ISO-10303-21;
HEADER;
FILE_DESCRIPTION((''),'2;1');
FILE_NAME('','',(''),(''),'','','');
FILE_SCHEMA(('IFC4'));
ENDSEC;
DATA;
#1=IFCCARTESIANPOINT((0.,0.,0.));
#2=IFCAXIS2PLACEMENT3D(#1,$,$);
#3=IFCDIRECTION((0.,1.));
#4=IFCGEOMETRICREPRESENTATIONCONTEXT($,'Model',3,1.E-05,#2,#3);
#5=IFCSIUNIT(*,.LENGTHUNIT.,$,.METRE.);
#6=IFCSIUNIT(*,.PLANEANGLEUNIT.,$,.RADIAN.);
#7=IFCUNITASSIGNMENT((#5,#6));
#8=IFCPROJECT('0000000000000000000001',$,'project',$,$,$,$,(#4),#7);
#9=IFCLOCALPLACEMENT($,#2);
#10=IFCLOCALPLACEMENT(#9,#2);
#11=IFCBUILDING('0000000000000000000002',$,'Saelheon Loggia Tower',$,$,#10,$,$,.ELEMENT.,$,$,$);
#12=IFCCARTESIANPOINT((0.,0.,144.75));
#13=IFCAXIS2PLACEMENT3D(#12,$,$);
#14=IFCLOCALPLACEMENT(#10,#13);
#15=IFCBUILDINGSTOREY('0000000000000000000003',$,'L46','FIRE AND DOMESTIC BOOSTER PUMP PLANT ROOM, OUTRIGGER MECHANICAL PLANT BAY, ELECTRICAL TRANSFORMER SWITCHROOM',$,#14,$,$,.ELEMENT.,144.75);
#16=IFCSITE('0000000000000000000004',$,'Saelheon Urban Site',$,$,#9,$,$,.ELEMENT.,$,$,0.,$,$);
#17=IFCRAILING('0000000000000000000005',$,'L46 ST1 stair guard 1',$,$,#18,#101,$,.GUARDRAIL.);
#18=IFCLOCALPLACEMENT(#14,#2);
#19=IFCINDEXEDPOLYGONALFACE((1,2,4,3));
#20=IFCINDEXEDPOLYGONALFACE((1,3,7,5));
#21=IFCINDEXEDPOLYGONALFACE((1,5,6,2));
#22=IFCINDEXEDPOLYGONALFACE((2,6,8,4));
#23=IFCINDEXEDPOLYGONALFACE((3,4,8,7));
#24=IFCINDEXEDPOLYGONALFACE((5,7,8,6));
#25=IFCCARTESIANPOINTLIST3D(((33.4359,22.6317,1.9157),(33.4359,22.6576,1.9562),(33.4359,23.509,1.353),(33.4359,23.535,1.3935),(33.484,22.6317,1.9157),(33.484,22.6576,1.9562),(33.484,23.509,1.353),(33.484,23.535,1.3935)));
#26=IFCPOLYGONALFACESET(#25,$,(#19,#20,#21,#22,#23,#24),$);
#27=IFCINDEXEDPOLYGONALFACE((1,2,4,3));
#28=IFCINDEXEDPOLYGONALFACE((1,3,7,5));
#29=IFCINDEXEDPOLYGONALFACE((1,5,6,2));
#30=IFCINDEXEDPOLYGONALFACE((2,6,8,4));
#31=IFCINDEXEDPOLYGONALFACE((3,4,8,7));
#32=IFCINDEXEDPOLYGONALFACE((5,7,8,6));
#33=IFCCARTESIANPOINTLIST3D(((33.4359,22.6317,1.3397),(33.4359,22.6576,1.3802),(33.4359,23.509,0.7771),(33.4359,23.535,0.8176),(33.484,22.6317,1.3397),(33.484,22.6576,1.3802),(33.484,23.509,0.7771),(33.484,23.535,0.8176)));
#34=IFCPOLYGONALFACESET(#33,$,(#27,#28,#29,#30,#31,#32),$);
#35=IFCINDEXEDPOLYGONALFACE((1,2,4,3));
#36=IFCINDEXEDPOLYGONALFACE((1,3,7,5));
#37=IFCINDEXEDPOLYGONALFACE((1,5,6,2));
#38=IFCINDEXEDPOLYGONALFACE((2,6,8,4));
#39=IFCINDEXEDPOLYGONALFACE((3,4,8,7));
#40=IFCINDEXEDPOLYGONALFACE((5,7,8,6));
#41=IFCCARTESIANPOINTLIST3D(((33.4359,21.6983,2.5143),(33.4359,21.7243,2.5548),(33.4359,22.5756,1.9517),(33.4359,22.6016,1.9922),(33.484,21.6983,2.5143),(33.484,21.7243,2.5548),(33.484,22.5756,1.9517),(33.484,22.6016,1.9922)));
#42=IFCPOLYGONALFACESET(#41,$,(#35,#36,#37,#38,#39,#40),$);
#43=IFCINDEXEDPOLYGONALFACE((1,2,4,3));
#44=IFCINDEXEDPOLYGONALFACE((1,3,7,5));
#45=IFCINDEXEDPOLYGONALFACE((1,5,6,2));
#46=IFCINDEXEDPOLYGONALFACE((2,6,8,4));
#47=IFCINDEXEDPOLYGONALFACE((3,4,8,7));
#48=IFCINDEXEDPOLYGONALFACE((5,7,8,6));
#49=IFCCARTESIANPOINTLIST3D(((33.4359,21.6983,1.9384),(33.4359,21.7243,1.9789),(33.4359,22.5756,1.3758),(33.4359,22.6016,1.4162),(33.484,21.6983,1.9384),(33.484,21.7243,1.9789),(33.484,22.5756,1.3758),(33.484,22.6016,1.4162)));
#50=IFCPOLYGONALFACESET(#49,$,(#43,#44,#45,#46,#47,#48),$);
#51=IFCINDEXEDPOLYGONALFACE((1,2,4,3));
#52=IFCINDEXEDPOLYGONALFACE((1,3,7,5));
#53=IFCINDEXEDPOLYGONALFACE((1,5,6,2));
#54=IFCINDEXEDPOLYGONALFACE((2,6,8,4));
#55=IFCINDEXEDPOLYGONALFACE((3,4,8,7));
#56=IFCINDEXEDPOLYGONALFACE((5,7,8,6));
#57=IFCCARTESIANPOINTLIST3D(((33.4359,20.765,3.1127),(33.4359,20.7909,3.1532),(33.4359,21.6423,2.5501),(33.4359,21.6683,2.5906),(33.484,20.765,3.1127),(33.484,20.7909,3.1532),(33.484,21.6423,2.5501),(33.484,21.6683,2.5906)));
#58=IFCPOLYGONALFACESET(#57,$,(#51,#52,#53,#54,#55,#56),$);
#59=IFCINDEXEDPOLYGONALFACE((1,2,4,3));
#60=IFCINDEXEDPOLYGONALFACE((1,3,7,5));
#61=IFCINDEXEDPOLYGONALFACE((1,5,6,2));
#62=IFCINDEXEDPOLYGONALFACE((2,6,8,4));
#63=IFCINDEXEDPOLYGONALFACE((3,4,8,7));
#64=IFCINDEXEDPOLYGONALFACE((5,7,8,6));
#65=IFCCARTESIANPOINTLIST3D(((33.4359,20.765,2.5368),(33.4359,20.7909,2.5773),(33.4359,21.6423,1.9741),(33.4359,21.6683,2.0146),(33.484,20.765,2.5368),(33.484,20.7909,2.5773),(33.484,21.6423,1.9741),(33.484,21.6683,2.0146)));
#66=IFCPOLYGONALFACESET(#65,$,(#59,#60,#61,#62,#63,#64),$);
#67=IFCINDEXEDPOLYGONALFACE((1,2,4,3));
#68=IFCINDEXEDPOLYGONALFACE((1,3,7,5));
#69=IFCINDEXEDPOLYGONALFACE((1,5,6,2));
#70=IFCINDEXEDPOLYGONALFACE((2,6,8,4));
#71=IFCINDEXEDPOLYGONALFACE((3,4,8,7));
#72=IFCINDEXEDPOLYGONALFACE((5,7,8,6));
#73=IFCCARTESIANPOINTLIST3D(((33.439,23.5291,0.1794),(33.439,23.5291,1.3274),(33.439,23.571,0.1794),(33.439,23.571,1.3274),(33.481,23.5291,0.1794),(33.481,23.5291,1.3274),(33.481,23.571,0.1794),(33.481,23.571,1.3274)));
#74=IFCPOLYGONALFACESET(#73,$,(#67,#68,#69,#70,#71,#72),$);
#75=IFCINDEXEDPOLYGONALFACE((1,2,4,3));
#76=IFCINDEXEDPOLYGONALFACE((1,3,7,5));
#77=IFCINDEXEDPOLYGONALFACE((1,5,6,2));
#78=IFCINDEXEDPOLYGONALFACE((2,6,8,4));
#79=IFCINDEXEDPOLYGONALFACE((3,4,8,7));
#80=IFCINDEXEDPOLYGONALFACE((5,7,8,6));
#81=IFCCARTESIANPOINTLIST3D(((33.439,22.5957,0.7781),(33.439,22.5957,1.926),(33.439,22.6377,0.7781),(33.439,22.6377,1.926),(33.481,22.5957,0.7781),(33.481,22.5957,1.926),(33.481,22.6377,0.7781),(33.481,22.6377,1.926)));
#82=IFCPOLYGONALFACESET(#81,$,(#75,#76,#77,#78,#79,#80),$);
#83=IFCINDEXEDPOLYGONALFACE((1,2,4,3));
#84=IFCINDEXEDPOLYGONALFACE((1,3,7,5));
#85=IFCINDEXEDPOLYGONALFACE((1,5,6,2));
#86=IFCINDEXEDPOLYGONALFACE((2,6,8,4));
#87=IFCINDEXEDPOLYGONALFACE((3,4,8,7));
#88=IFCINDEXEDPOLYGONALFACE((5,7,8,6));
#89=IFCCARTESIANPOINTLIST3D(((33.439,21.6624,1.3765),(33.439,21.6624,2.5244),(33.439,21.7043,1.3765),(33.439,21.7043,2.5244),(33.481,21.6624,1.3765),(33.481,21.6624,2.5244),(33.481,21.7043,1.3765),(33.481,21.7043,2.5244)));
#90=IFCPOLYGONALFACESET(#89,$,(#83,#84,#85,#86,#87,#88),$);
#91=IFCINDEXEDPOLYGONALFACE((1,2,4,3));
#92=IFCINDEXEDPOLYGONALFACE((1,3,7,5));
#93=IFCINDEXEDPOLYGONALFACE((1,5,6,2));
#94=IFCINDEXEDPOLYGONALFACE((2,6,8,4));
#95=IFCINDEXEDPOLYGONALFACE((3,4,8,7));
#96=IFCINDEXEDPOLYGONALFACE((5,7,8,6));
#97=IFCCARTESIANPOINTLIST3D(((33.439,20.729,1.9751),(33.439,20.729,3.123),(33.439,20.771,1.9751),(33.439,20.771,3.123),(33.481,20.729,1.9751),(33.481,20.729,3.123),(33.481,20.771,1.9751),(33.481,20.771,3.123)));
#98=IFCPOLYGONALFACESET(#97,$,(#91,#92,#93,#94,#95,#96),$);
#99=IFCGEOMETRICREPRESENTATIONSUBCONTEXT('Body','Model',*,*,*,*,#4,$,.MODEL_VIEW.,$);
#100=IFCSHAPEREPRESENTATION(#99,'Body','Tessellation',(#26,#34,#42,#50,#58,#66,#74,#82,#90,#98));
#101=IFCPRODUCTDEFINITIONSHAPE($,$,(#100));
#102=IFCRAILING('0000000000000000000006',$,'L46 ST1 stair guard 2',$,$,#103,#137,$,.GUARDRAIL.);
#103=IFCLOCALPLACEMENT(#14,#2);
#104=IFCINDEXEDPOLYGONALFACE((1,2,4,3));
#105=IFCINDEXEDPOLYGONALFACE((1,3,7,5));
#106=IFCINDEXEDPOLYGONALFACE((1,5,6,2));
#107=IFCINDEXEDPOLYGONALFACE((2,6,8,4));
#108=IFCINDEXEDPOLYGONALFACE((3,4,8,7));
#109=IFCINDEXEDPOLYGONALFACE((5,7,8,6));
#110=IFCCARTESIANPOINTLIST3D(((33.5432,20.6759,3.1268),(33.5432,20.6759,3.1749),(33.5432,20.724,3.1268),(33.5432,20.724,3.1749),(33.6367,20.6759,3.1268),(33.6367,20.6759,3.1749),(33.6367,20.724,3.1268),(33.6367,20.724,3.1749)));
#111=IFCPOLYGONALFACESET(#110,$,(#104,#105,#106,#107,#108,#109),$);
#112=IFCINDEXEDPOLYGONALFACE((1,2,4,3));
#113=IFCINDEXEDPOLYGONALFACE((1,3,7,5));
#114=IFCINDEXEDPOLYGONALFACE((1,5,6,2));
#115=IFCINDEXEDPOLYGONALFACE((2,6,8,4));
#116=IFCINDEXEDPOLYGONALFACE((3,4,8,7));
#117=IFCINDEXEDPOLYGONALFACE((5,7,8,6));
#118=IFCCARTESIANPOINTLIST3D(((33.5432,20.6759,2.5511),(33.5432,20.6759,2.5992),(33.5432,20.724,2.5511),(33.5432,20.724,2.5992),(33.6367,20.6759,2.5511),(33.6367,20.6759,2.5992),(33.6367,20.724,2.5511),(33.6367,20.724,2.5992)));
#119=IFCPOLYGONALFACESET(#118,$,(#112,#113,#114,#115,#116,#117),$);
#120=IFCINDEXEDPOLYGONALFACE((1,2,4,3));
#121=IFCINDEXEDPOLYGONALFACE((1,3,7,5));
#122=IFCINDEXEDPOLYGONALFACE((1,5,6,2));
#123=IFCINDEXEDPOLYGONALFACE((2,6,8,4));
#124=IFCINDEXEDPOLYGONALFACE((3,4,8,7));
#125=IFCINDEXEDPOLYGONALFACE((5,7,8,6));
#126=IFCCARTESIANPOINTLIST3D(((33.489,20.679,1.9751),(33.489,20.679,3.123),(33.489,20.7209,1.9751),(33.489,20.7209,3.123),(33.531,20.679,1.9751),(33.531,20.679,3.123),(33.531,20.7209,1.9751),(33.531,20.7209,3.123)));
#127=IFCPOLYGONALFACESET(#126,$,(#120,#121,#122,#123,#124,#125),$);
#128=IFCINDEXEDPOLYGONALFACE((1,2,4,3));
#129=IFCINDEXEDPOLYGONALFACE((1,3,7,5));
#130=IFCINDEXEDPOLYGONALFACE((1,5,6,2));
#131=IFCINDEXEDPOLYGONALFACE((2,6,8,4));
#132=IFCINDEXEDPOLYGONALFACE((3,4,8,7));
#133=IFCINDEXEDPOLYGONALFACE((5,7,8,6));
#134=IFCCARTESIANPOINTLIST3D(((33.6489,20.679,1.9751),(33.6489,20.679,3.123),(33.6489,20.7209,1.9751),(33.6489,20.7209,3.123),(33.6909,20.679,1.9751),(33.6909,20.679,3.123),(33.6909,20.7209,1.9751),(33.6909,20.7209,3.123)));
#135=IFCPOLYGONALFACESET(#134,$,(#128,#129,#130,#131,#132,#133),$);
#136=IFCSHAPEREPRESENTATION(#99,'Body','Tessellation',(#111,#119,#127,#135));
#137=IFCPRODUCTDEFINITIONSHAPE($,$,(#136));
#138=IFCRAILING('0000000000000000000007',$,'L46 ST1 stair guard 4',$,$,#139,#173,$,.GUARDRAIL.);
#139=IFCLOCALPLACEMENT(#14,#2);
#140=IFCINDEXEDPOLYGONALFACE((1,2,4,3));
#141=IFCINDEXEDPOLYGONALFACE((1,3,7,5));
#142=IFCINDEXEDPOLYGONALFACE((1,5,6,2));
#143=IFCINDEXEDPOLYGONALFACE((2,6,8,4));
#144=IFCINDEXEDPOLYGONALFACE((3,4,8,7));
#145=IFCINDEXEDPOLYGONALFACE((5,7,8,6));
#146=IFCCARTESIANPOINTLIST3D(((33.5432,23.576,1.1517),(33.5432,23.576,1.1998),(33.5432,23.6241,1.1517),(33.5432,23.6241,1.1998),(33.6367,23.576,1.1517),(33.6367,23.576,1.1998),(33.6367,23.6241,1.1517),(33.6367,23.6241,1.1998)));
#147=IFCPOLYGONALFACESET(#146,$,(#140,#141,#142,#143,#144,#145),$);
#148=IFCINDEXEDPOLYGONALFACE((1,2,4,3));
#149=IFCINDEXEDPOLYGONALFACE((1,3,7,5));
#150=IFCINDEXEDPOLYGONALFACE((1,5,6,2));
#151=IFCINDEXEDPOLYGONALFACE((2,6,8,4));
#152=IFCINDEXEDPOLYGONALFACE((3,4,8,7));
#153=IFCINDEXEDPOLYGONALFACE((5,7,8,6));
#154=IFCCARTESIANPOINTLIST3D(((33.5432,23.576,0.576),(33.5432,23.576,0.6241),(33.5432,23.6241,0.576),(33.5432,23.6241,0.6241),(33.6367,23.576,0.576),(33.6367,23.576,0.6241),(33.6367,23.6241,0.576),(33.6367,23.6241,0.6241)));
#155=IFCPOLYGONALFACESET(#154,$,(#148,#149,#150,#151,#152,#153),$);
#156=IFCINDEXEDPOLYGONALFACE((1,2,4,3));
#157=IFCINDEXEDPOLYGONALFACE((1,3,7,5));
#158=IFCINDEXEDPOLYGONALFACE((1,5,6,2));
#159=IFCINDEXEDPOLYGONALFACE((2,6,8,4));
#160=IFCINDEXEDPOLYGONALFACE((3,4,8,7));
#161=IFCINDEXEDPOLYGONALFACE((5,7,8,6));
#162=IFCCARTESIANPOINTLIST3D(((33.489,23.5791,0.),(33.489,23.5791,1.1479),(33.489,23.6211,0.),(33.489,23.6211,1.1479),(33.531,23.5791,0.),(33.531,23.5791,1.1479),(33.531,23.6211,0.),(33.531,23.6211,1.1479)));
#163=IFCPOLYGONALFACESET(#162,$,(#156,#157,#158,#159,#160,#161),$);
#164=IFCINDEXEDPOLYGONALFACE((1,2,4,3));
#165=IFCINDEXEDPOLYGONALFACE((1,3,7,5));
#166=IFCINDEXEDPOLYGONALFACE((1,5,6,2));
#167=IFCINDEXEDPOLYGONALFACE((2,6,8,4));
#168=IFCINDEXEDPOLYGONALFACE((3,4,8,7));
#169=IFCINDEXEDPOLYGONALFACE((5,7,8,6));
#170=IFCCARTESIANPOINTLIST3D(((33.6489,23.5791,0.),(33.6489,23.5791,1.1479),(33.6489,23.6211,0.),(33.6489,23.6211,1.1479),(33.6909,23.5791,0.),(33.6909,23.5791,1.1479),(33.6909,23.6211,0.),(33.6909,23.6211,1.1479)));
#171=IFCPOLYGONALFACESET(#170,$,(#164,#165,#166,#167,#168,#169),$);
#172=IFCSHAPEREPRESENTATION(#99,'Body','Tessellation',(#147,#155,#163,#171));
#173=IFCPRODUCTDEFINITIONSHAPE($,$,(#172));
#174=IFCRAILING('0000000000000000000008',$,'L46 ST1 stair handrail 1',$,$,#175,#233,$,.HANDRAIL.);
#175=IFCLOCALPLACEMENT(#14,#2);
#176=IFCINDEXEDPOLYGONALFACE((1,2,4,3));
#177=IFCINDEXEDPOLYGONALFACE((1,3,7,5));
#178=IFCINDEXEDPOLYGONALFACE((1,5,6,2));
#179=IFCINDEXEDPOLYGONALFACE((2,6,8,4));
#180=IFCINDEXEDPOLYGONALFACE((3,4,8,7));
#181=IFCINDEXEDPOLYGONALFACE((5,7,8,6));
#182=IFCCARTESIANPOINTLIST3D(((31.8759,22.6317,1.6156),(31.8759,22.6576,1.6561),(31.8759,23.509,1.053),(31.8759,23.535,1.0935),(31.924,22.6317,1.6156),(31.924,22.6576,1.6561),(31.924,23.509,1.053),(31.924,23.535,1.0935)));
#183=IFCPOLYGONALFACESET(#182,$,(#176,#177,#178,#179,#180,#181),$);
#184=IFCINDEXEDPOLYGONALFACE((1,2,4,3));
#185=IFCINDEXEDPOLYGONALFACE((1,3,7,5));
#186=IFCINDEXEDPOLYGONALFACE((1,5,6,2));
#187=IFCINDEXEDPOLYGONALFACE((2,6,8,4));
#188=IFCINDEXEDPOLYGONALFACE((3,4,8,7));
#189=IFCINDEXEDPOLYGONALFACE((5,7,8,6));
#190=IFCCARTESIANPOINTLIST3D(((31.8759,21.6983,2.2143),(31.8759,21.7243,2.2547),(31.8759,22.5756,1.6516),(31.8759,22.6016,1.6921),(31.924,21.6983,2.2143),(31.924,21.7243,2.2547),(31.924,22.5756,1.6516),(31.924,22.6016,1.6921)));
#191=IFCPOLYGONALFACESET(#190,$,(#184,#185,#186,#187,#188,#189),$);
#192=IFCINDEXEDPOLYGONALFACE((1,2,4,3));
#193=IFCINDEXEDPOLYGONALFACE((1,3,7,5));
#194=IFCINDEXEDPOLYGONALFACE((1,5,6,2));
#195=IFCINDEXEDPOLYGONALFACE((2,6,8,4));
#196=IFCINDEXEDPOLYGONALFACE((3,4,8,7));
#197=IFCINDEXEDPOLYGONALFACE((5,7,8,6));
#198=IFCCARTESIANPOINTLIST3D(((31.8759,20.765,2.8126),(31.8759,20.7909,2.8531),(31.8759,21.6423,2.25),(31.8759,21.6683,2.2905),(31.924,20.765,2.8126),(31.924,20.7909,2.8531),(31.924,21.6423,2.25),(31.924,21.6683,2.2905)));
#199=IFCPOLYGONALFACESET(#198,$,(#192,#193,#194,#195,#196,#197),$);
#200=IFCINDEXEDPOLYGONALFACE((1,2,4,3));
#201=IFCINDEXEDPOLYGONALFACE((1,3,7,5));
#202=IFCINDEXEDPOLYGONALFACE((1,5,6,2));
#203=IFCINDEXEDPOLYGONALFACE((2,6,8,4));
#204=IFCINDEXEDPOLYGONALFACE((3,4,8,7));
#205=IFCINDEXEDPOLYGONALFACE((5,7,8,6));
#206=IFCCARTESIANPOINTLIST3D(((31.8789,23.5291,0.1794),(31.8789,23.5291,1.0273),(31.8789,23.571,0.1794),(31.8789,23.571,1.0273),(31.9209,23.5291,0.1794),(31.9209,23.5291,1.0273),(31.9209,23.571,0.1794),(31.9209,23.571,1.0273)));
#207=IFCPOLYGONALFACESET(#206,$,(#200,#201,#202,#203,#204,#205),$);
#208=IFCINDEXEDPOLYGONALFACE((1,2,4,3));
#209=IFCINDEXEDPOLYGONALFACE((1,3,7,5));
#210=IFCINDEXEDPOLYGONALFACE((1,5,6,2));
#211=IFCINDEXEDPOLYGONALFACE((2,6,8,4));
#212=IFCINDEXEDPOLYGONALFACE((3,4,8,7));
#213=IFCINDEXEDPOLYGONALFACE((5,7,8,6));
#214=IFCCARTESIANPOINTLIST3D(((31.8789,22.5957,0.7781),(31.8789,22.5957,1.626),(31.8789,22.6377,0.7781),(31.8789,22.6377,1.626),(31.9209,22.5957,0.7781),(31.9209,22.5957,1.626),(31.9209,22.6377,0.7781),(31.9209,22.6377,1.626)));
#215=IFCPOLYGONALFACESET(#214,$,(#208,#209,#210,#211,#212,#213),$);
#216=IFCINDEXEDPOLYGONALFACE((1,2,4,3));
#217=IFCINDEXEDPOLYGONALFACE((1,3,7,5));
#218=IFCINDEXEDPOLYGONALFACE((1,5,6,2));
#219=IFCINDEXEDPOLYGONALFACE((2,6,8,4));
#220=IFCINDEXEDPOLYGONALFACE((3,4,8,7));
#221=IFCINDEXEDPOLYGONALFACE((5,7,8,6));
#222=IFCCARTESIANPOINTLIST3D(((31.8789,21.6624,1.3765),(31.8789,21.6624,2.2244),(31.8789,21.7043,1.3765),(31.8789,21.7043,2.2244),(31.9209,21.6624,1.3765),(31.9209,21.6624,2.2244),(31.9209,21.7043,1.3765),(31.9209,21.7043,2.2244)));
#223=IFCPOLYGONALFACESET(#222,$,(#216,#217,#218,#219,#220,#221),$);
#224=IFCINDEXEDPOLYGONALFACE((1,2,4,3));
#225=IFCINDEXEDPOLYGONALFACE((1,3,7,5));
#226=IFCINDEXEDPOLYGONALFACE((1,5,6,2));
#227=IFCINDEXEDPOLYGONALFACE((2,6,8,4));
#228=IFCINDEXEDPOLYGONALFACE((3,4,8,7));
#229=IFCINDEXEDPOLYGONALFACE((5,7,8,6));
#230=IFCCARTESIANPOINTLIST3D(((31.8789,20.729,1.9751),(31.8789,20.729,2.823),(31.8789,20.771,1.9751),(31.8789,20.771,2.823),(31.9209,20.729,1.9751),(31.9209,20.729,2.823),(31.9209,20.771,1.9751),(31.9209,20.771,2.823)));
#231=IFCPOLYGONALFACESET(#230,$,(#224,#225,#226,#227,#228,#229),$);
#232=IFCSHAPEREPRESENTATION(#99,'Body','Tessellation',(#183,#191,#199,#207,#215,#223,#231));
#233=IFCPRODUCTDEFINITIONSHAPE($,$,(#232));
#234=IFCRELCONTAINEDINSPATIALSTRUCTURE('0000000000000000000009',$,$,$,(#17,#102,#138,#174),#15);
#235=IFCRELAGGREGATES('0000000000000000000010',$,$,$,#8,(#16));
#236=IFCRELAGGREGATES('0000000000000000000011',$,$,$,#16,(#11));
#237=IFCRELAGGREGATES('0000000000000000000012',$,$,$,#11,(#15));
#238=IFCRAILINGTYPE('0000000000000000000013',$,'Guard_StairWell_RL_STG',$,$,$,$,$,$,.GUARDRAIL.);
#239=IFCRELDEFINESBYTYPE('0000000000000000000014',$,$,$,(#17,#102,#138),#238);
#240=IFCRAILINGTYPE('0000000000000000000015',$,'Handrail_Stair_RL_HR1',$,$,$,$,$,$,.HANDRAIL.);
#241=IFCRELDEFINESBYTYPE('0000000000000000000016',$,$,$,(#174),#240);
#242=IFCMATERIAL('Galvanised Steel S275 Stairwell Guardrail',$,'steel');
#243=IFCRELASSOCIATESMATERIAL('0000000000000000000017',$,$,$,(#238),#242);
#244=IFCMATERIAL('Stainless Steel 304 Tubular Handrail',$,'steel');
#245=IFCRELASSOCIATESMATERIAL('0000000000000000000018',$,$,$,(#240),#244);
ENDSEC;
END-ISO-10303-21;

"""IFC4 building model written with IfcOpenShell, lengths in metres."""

from ifc_helpers import new_model, si_unit, direction, frame, origin, origin_2d, place, context, subcontext, project, spatial, rectangle, extrude, material, type_object, element, save


model = new_model("IFC4")

# Units and contexts
model_context = context("Model", 3, precision=1e-05, world=origin(), true_north=direction((0.0, 1.0)))
body_context = subcontext(model_context, "Body", "Model", "MODEL_VIEW")
ifc_project = project(units=[si_unit("LENGTHUNIT", "METRE"), si_unit("PLANEANGLEUNIT", "RADIAN")], contexts=[model_context])

# Site, building, storey
site_placement = place(None, origin())
site = spatial("IfcSite", under=ifc_project, at=site_placement, Name="Saelheon Urban Site", CompositionType="ELEMENT", RefElevation=0.0)
building_placement = place(site_placement, origin())
building = spatial("IfcBuilding", under=site, at=building_placement, Name="Saelheon Loggia Tower", CompositionType="ELEMENT")
storey_placement = place(building_placement, frame((0.0, 0.0, 144.75)))
storey = spatial("IfcBuildingStorey", under=building, at=storey_placement, Name="L46", Description="FIRE AND DOMESTIC BOOSTER PUMP PLANT ROOM, OUTRIGGER MECHANICAL PLANT BAY, ELECTRICAL TRANSFORMER SWITCHROOM", CompositionType="ELEMENT", Elevation=144.75)

# Railings
ifc_material_1 = material(Name="Galvanised Steel S275 Stairwell Guardrail", Category="steel")
railing_type_1 = type_object("IfcRailingType", Name="Guard_StairWell_RL_STG", PredefinedType="GUARDRAIL", material=ifc_material_1)
railing_1_placement = place(storey_placement, frame((33.46, 23.55, 0.1794)))
element("IfcRailing", 1, at=railing_1_placement, inside=storey, type_object=railing_type_1, Name="L46 ST1 stair guard 1", PredefinedType="GUARDRAIL", context=body_context, shape_type="SweptSolid", body=[
    extrude(rectangle(XDim=0.0481, YDim=0.0481, at=origin_2d()), frame((0.0, -0.0281, 1.1938), z_axis=(0.0, -0.841777, 0.539826), x_axis=(1.0, 0.0, 0.0)), (0.0, 0.0, 1.0), 1.0422),
    extrude(rectangle(XDim=0.0481, YDim=0.0481, at=origin_2d()), frame((0.0, -0.0281, 0.6179), z_axis=(0.0, -0.841777, 0.539826), x_axis=(1.0, 0.0, 0.0)), (0.0, 0.0, 1.0), 1.0422),
    extrude(rectangle(XDim=0.0481, YDim=0.0481, at=origin_2d()), frame((0.0, -0.9614, 1.7925), z_axis=(0.0, -0.841777, 0.539826), x_axis=(1.0, 0.0, 0.0)), (0.0, 0.0, 1.0), 1.0422),
    extrude(rectangle(XDim=0.0481, YDim=0.0481, at=origin_2d()), frame((0.0, -0.9614, 1.2166), z_axis=(0.0, -0.841777, 0.539826), x_axis=(1.0, 0.0, 0.0)), (0.0, 0.0, 1.0), 1.0422),
    extrude(rectangle(XDim=0.0481, YDim=0.0481, at=origin_2d()), frame((0.0, -1.8948, 2.3909), z_axis=(0.0, -0.841777, 0.539826), x_axis=(1.0, 0.0, 0.0)), (0.0, 0.0, 1.0), 1.0422),
    extrude(rectangle(XDim=0.0481, YDim=0.0481, at=origin_2d()), frame((0.0, -1.8948, 1.8149), z_axis=(0.0, -0.841777, 0.539826), x_axis=(1.0, 0.0, 0.0)), (0.0, 0.0, 1.0), 1.0422),
    extrude(rectangle(XDim=0.042, YDim=0.042, at=origin_2d()), origin(), (0.0, 0.0, 1.0), 1.1479),
    extrude(rectangle(XDim=0.042, YDim=0.042, at=origin_2d()), frame((0.0, -0.9333, 0.5986)), (0.0, 0.0, 1.0), 1.1479),
    extrude(rectangle(XDim=0.042, YDim=0.042, at=origin_2d()), frame((0.0, -1.8667, 1.197)), (0.0, 0.0, 1.0), 1.1479),
    extrude(rectangle(XDim=0.042, YDim=0.042, at=origin_2d()), frame((0.0, -2.8, 1.7957)), (0.0, 0.0, 1.0), 1.1479),
])
for number, where, name in (
    (2, (33.51, 20.7, 1.9751), "L46 ST1 stair guard 2"),
    (3, (33.51, 23.6001, 0.0), "L46 ST1 stair guard 4"),
):
    element("IfcRailing", number, at=place(storey_placement, frame(where)), inside=storey, type_object=railing_type_1, Name=name, PredefinedType="GUARDRAIL", context=body_context, shape_type="SweptSolid", body=[
        extrude(rectangle(XDim=0.0481, YDim=0.0481, at=origin_2d()), frame((0.0332, 0.0, 1.1758), z_axis=(1.0, 0.0, 0.0), x_axis=(0.0, 1.0, 0.0)), (0.0, 0.0, 1.0), 0.0935),
        extrude(rectangle(XDim=0.0481, YDim=0.0481, at=origin_2d()), frame((0.0332, 0.0, 0.6001), z_axis=(1.0, 0.0, 0.0), x_axis=(0.0, 1.0, 0.0)), (0.0, 0.0, 1.0), 0.0935),
        extrude(rectangle(XDim=0.042, YDim=0.042, at=origin_2d()), origin(), (0.0, 0.0, 1.0), 1.1479),
        extrude(rectangle(XDim=0.042, YDim=0.042, at=origin_2d()), frame((0.1599, 0.0, 0.0)), (0.0, 0.0, 1.0), 1.1479),
    ])
ifc_material_2 = material(Name="Stainless Steel 304 Tubular Handrail", Category="steel")
railing_type_2 = type_object("IfcRailingType", Name="Handrail_Stair_RL_HR1", PredefinedType="HANDRAIL", material=ifc_material_2)
railing_2_placement = place(storey_placement, frame((31.8999, 23.55, 0.1794)))
element("IfcRailing", 4, at=railing_2_placement, inside=storey, type_object=railing_type_2, Name="L46 ST1 stair handrail 1", PredefinedType="HANDRAIL", context=body_context, shape_type="SweptSolid", body=[
    extrude(rectangle(XDim=0.0481, YDim=0.0481, at=origin_2d()), frame((0.0, -0.0281, 0.8938), z_axis=(0.0, -0.841777, 0.539826), x_axis=(1.0, 0.0, 0.0)), (0.0, 0.0, 1.0), 1.0422),
    extrude(rectangle(XDim=0.0481, YDim=0.0481, at=origin_2d()), frame((0.0, -0.9614, 1.4924), z_axis=(0.0, -0.841777, 0.539826), x_axis=(1.0, 0.0, 0.0)), (0.0, 0.0, 1.0), 1.0422),
    extrude(rectangle(XDim=0.0481, YDim=0.0481, at=origin_2d()), frame((0.0, -1.8948, 2.0908), z_axis=(0.0, -0.841777, 0.539826), x_axis=(1.0, 0.0, 0.0)), (0.0, 0.0, 1.0), 1.0422),
    extrude(rectangle(XDim=0.042, YDim=0.042, at=origin_2d()), origin(), (0.0, 0.0, 1.0), 0.8479),
    extrude(rectangle(XDim=0.042, YDim=0.042, at=origin_2d()), frame((0.0, -0.9333, 0.5986)), (0.0, 0.0, 1.0), 0.8479),
    extrude(rectangle(XDim=0.042, YDim=0.042, at=origin_2d()), frame((0.0, -1.8667, 1.197)), (0.0, 0.0, 1.0), 0.8479),
    extrude(rectangle(XDim=0.042, YDim=0.042, at=origin_2d()), frame((0.0, -2.8, 1.7957)), (0.0, 0.0, 1.0), 0.8479),
])

save(model, "model.ifc")
